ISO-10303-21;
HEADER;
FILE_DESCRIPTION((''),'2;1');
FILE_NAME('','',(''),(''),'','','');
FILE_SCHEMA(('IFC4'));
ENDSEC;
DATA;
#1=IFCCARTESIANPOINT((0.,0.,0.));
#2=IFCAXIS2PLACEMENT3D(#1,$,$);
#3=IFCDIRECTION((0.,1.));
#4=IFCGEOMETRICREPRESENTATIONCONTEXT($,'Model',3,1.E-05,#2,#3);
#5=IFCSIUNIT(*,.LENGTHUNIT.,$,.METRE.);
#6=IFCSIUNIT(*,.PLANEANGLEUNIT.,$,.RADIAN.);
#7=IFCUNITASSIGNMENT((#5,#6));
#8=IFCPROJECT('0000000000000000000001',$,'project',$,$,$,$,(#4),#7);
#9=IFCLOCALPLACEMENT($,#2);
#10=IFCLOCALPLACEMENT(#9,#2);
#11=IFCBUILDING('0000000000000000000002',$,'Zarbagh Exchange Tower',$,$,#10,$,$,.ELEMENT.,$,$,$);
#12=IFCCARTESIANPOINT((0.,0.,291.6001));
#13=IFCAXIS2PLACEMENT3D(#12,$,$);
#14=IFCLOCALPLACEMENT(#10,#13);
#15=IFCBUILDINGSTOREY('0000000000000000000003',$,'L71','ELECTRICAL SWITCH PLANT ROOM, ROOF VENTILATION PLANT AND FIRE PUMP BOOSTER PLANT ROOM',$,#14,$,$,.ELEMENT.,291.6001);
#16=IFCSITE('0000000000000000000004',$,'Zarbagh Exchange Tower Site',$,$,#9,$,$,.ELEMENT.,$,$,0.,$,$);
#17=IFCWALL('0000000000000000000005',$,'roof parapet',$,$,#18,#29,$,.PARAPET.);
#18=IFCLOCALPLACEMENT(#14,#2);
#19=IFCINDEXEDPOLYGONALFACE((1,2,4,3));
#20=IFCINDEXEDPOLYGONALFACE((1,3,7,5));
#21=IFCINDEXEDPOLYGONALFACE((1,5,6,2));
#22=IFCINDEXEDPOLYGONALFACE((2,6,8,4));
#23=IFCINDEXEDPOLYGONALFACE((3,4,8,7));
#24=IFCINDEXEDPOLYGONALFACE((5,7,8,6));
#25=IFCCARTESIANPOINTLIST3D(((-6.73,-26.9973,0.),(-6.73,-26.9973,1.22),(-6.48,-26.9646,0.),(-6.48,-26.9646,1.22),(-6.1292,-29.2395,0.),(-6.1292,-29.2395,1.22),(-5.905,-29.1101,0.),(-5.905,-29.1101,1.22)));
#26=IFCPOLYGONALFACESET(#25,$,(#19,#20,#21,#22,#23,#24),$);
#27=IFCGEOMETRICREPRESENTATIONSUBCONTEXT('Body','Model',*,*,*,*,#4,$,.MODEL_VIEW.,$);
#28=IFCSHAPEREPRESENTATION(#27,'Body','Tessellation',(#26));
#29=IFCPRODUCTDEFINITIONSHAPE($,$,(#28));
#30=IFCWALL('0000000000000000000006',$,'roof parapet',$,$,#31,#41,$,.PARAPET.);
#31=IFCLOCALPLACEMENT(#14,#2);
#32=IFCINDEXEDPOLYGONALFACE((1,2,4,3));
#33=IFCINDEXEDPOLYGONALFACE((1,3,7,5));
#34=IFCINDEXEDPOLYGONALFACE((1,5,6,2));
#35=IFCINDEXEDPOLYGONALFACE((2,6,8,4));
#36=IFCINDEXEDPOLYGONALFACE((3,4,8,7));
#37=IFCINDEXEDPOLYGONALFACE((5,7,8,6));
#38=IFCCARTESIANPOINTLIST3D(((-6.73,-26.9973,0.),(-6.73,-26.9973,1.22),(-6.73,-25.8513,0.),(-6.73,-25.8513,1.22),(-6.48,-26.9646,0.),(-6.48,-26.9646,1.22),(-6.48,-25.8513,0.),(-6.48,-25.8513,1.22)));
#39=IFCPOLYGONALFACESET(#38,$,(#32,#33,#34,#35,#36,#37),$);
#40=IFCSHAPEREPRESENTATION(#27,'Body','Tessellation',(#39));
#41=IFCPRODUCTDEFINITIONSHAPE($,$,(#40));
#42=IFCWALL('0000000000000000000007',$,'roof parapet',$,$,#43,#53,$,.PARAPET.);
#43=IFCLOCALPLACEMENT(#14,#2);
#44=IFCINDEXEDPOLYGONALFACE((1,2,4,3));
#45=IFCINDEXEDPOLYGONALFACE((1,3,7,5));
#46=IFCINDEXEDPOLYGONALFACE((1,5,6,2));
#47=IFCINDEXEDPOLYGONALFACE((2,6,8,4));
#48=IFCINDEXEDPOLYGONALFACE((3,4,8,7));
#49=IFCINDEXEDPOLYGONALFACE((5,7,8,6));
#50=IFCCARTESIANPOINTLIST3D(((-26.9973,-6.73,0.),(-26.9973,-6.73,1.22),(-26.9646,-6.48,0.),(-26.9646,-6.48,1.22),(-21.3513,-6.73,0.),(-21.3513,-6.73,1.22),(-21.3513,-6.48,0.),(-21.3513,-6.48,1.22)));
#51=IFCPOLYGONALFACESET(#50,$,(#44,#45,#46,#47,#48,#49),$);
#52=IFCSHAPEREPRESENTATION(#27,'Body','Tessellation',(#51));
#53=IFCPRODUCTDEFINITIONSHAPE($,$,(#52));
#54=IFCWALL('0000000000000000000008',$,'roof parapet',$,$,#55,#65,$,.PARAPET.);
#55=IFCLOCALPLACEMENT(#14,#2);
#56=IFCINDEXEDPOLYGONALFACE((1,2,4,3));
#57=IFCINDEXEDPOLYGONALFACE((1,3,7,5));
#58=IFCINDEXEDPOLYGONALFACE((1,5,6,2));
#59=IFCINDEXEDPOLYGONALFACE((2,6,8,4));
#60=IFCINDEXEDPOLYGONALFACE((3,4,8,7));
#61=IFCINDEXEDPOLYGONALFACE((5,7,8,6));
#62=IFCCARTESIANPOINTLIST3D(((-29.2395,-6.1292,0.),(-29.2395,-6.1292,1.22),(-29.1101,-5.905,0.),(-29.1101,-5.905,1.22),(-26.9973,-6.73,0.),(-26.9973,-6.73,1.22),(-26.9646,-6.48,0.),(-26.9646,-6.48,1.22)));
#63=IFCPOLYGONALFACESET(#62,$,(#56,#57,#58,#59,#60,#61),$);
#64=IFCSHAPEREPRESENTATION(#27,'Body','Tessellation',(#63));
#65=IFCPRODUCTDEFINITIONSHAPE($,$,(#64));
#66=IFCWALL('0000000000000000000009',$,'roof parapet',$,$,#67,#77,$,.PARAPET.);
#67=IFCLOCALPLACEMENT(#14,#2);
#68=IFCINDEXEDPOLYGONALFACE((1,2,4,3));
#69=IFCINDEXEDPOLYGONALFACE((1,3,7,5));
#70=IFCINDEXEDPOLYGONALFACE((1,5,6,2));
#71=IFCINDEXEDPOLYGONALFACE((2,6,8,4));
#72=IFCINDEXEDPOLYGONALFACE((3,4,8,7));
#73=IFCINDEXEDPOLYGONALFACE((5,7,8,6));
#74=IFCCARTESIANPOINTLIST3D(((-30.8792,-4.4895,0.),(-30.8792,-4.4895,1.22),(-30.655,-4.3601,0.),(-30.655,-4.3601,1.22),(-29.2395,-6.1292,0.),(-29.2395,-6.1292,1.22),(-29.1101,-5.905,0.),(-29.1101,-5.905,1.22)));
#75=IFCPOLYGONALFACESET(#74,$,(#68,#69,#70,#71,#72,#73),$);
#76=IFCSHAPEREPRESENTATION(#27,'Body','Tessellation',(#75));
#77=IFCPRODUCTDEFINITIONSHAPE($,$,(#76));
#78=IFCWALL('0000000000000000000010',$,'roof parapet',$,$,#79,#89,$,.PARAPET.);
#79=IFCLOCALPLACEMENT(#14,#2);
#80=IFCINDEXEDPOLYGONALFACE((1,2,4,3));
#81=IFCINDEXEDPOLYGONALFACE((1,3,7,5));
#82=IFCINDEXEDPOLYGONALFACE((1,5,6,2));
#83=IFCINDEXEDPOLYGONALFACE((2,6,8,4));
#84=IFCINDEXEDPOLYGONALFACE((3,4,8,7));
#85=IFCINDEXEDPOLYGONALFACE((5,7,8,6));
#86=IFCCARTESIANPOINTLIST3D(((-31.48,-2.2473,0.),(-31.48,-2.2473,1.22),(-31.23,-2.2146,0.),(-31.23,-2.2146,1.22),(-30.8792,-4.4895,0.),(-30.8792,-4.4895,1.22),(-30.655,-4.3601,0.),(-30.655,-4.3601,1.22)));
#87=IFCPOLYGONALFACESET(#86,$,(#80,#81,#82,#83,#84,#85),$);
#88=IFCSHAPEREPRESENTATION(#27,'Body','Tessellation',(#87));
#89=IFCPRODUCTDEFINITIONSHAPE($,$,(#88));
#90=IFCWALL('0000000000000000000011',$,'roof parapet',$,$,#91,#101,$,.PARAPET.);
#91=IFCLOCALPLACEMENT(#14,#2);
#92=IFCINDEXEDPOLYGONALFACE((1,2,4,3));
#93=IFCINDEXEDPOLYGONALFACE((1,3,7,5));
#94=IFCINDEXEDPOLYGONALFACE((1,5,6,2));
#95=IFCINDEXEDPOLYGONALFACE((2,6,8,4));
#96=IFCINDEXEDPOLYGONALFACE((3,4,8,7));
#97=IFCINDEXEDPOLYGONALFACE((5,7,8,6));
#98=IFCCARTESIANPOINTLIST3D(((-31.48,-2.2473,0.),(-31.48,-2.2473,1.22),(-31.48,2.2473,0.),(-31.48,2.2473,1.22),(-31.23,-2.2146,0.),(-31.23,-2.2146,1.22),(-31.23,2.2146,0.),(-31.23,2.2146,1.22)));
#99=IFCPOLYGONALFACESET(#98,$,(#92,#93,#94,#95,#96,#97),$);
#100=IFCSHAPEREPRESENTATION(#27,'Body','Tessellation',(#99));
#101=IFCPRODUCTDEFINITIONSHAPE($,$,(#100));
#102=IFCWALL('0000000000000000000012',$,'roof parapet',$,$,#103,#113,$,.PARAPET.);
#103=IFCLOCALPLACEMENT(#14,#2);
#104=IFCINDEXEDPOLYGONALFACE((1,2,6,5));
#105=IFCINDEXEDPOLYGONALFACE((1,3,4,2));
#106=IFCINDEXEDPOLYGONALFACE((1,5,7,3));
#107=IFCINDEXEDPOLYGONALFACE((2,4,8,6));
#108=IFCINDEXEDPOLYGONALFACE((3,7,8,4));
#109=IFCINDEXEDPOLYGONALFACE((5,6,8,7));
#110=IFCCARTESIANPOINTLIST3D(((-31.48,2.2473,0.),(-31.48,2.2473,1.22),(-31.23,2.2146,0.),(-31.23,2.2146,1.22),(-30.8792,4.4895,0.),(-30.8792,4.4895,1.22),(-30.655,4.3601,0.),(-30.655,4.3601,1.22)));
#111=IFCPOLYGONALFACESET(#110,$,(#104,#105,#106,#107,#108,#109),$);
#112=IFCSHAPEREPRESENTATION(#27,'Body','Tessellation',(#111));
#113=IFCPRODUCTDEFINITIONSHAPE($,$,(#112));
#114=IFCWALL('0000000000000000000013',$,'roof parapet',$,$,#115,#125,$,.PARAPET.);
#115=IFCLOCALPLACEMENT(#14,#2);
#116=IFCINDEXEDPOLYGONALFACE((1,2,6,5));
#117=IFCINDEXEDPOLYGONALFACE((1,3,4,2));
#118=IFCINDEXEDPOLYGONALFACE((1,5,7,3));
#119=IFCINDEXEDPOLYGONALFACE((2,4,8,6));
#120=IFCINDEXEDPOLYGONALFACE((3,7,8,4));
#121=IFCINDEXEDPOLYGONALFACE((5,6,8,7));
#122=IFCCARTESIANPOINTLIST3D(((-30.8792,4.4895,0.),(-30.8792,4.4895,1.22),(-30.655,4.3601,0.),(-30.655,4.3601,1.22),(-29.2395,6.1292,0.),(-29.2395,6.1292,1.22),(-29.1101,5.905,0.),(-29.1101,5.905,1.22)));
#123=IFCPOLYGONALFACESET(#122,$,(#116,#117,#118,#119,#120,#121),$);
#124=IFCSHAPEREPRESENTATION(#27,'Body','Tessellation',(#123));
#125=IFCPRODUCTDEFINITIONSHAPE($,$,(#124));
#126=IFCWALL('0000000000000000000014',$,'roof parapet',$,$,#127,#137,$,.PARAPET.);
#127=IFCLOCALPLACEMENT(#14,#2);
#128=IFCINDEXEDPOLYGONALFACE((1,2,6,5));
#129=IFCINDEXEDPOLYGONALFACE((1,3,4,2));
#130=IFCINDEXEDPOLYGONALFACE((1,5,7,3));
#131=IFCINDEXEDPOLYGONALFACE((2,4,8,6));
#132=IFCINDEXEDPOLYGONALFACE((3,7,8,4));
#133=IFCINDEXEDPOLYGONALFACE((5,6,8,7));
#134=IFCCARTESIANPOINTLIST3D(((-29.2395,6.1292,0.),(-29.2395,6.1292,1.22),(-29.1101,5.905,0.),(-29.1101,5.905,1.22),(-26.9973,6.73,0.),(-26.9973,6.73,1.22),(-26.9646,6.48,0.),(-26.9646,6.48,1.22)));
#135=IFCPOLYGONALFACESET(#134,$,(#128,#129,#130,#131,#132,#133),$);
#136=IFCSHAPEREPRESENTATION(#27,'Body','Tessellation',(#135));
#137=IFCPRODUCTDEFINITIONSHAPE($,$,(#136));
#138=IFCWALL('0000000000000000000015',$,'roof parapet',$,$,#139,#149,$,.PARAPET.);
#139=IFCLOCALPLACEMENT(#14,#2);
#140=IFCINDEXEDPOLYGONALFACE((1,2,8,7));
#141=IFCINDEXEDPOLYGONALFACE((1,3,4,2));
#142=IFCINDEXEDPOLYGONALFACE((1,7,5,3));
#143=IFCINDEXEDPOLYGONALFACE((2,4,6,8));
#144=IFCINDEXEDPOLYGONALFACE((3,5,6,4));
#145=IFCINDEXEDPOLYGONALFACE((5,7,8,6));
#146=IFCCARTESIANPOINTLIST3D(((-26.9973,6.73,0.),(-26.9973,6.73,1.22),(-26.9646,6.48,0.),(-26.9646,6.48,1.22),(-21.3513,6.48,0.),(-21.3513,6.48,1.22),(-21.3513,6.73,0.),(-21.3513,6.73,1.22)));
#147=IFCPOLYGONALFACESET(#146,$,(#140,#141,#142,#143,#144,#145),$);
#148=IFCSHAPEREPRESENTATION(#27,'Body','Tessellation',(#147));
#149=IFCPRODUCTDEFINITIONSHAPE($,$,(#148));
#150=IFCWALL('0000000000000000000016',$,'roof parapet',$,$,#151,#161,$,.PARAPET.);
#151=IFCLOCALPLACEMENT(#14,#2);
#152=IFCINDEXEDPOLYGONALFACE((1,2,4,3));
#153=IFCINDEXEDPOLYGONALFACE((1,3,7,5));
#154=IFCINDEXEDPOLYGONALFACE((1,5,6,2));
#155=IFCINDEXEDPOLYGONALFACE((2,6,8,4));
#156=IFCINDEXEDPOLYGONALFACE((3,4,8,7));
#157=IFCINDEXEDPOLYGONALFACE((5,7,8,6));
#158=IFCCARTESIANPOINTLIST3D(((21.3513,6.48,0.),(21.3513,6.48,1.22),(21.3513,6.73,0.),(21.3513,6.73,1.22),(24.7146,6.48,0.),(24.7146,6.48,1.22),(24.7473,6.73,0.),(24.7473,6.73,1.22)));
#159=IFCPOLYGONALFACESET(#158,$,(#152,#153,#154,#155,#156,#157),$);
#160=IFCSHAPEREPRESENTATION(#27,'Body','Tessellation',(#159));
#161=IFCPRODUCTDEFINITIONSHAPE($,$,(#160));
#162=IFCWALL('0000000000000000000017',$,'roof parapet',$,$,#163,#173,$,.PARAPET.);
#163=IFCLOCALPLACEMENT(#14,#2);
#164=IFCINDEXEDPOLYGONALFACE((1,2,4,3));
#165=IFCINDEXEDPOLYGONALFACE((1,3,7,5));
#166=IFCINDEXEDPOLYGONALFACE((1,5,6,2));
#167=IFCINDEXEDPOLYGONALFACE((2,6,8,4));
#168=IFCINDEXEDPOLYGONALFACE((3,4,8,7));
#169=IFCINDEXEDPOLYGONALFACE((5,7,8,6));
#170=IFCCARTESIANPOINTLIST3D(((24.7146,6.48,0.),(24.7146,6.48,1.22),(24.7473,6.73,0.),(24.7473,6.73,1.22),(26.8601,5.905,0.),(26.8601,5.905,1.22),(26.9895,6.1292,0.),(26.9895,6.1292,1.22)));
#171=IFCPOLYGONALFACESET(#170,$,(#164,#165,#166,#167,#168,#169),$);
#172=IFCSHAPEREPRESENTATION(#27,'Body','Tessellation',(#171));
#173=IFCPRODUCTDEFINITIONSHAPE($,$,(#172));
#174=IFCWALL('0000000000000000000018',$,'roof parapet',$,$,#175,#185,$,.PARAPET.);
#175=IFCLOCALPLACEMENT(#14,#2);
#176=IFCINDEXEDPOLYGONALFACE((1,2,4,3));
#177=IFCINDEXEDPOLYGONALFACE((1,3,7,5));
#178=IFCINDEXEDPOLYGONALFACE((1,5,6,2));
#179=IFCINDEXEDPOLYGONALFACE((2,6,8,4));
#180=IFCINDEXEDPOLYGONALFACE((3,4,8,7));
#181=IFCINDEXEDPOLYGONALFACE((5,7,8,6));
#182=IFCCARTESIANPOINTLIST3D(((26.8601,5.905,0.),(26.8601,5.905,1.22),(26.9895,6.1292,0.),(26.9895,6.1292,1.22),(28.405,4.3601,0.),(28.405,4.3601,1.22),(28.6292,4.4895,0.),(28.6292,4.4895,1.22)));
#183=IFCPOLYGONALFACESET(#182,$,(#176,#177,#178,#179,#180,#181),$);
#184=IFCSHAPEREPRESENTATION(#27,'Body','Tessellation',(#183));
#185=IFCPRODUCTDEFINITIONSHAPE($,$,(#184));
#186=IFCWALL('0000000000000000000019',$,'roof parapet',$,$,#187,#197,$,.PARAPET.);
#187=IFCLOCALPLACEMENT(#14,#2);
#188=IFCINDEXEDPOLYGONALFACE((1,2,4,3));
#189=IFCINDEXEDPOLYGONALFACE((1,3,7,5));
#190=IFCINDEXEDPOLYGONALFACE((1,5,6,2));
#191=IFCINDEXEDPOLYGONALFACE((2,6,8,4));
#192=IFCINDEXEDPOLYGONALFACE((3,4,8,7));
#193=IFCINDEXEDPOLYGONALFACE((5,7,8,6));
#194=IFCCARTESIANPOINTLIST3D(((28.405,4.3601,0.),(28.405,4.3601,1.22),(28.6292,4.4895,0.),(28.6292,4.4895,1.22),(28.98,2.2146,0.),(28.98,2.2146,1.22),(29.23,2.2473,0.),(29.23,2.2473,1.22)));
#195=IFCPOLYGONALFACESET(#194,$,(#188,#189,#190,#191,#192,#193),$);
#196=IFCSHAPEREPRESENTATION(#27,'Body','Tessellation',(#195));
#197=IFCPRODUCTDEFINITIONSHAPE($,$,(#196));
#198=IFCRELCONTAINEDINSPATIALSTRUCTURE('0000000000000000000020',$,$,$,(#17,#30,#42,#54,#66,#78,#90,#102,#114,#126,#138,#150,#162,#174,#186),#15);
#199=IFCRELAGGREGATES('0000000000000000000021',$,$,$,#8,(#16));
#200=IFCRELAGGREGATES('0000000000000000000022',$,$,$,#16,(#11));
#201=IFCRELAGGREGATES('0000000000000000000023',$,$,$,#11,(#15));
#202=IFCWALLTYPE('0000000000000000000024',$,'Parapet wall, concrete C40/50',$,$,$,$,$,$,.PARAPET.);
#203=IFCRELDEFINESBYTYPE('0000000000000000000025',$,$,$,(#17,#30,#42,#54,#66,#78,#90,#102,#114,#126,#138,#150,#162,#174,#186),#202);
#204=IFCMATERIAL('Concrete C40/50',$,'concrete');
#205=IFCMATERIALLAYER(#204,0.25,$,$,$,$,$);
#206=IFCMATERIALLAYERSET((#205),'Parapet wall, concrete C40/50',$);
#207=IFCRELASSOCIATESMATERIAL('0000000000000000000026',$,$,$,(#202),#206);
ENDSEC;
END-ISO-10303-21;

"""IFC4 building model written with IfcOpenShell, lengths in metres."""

from ifc_helpers import new_model, si_unit, direction, frame, origin, place, context, subcontext, project, spatial, polyline, outline, extrude, material, layer, layer_set, type_object, element, save


model = new_model("IFC4")

# Units and contexts
model_context = context("Model", 3, precision=1e-05, world=origin(), true_north=direction((0.0, 1.0)))
body_context = subcontext(model_context, "Body", "Model", "MODEL_VIEW")
ifc_project = project(units=[si_unit("LENGTHUNIT", "METRE"), si_unit("PLANEANGLEUNIT", "RADIAN")], contexts=[model_context])

# Site, building, storey
site_placement = place(None, origin())
site = spatial("IfcSite", under=ifc_project, at=site_placement, Name="Zarbagh Exchange Tower Site", CompositionType="ELEMENT", RefElevation=0.0)
building_placement = place(site_placement, origin())
building = spatial("IfcBuilding", under=site, at=building_placement, Name="Zarbagh Exchange Tower", CompositionType="ELEMENT")
storey_placement = place(building_placement, frame((0.0, 0.0, 291.6001)))
storey = spatial("IfcBuildingStorey", under=building, at=storey_placement, Name="L71", Description="ELECTRICAL SWITCH PLANT ROOM, ROOF VENTILATION PLANT AND FIRE PUMP BOOSTER PLANT ROOM", CompositionType="ELEMENT", Elevation=291.6001)

# Shared definitions
ifc_material_1 = material(Name="Concrete C40/50", Category="concrete")

# Walls
ifc_layer_1 = layer(ifc_material_1, 0.25)
ifc_layer_set_1 = layer_set([ifc_layer_1], Name="Parapet wall, concrete C40/50")
wall_type_1 = type_object("IfcWallType", Name="Parapet wall, concrete C40/50", PredefinedType="PARAPET", material=ifc_layer_set_1)
wall_1_placement = place(storey_placement, origin())
element("IfcWall", 1, at=wall_1_placement, inside=storey, type_object=wall_type_1, Name="roof parapet", PredefinedType="PARAPET", context=body_context, shape_type="SweptSolid", body=[
    extrude(outline(polyline([(-6.1292, -29.2395), (-6.73, -26.9973), (-6.48, -26.9646), (-5.905, -29.1101), (-6.1292, -29.2395)])), origin(), (0.0, 0.0, 1.0), 1.22),
])
wall_2_placement = place(storey_placement, origin())
element("IfcWall", 2, at=wall_2_placement, inside=storey, type_object=wall_type_1, Name="roof parapet", PredefinedType="PARAPET", context=body_context, shape_type="SweptSolid", body=[
    extrude(outline(polyline([(-6.73, -26.9973), (-6.73, -25.8513), (-6.48, -25.8513), (-6.48, -26.9646), (-6.73, -26.9973)])), origin(), (0.0, 0.0, 1.0), 1.22),
])
wall_3_placement = place(storey_placement, origin())
element("IfcWall", 3, at=wall_3_placement, inside=storey, type_object=wall_type_1, Name="roof parapet", PredefinedType="PARAPET", context=body_context, shape_type="SweptSolid", body=[
    extrude(outline(polyline([(-21.3513, -6.73), (-26.9973, -6.73), (-26.9646, -6.48), (-21.3513, -6.48), (-21.3513, -6.73)])), origin(), (0.0, 0.0, 1.0), 1.22),
])
wall_4_placement = place(storey_placement, origin())
element("IfcWall", 4, at=wall_4_placement, inside=storey, type_object=wall_type_1, Name="roof parapet", PredefinedType="PARAPET", context=body_context, shape_type="SweptSolid", body=[
    extrude(outline(polyline([(-26.9973, -6.73), (-29.2395, -6.1292), (-29.1101, -5.905), (-26.9646, -6.48), (-26.9973, -6.73)])), origin(), (0.0, 0.0, 1.0), 1.22),
])
wall_5_placement = place(storey_placement, origin())
element("IfcWall", 5, at=wall_5_placement, inside=storey, type_object=wall_type_1, Name="roof parapet", PredefinedType="PARAPET", context=body_context, shape_type="SweptSolid", body=[
    extrude(outline(polyline([(-29.2395, -6.1292), (-30.8792, -4.4895), (-30.655, -4.3601), (-29.1101, -5.905), (-29.2395, -6.1292)])), origin(), (0.0, 0.0, 1.0), 1.22),
])
wall_6_placement = place(storey_placement, origin())
element("IfcWall", 6, at=wall_6_placement, inside=storey, type_object=wall_type_1, Name="roof parapet", PredefinedType="PARAPET", context=body_context, shape_type="SweptSolid", body=[
    extrude(outline(polyline([(-30.8792, -4.4895), (-31.48, -2.2473), (-31.23, -2.2146), (-30.655, -4.3601), (-30.8792, -4.4895)])), origin(), (0.0, 0.0, 1.0), 1.22),
])
wall_7_placement = place(storey_placement, origin())
element("IfcWall", 7, at=wall_7_placement, inside=storey, type_object=wall_type_1, Name="roof parapet", PredefinedType="PARAPET", context=body_context, shape_type="SweptSolid", body=[
    extrude(outline(polyline([(-31.48, -2.2473), (-31.48, 2.2473), (-31.23, 2.2146), (-31.23, -2.2146), (-31.48, -2.2473)])), origin(), (0.0, 0.0, 1.0), 1.22),
])
wall_8_placement = place(storey_placement, origin())
element("IfcWall", 8, at=wall_8_placement, inside=storey, type_object=wall_type_1, Name="roof parapet", PredefinedType="PARAPET", context=body_context, shape_type="SweptSolid", body=[
    extrude(outline(polyline([(-31.48, 2.2473), (-30.8792, 4.4895), (-30.655, 4.3601), (-31.23, 2.2146), (-31.48, 2.2473)])), origin(), (0.0, 0.0, 1.0), 1.22),
])
wall_9_placement = place(storey_placement, origin())
element("IfcWall", 9, at=wall_9_placement, inside=storey, type_object=wall_type_1, Name="roof parapet", PredefinedType="PARAPET", context=body_context, shape_type="SweptSolid", body=[
    extrude(outline(polyline([(-30.8792, 4.4895), (-29.2395, 6.1292), (-29.1101, 5.905), (-30.655, 4.3601), (-30.8792, 4.4895)])), origin(), (0.0, 0.0, 1.0), 1.22),
])
wall_10_placement = place(storey_placement, origin())
element("IfcWall", 10, at=wall_10_placement, inside=storey, type_object=wall_type_1, Name="roof parapet", PredefinedType="PARAPET", context=body_context, shape_type="SweptSolid", body=[
    extrude(outline(polyline([(-29.2395, 6.1292), (-26.9973, 6.73), (-26.9646, 6.48), (-29.1101, 5.905), (-29.2395, 6.1292)])), origin(), (0.0, 0.0, 1.0), 1.22),
])
wall_11_placement = place(storey_placement, origin())
element("IfcWall", 11, at=wall_11_placement, inside=storey, type_object=wall_type_1, Name="roof parapet", PredefinedType="PARAPET", context=body_context, shape_type="SweptSolid", body=[
    extrude(outline(polyline([(-26.9973, 6.73), (-21.3513, 6.73), (-21.3513, 6.48), (-26.9646, 6.48), (-26.9973, 6.73)])), origin(), (0.0, 0.0, 1.0), 1.22),
])
wall_12_placement = place(storey_placement, origin())
element("IfcWall", 12, at=wall_12_placement, inside=storey, type_object=wall_type_1, Name="roof parapet", PredefinedType="PARAPET", context=body_context, shape_type="SweptSolid", body=[
    extrude(outline(polyline([(21.3513, 6.73), (24.7473, 6.73), (24.7146, 6.48), (21.3513, 6.48), (21.3513, 6.73)])), origin(), (0.0, 0.0, 1.0), 1.22),
])
wall_13_placement = place(storey_placement, origin())
element("IfcWall", 13, at=wall_13_placement, inside=storey, type_object=wall_type_1, Name="roof parapet", PredefinedType="PARAPET", context=body_context, shape_type="SweptSolid", body=[
    extrude(outline(polyline([(24.7473, 6.73), (26.9895, 6.1292), (26.8601, 5.905), (24.7146, 6.48), (24.7473, 6.73)])), origin(), (0.0, 0.0, 1.0), 1.22),
])
wall_14_placement = place(storey_placement, origin())
element("IfcWall", 14, at=wall_14_placement, inside=storey, type_object=wall_type_1, Name="roof parapet", PredefinedType="PARAPET", context=body_context, shape_type="SweptSolid", body=[
    extrude(outline(polyline([(26.9895, 6.1292), (28.6292, 4.4895), (28.405, 4.3601), (26.8601, 5.905), (26.9895, 6.1292)])), origin(), (0.0, 0.0, 1.0), 1.22),
])
wall_15_placement = place(storey_placement, origin())
element("IfcWall", 15, at=wall_15_placement, inside=storey, type_object=wall_type_1, Name="roof parapet", PredefinedType="PARAPET", context=body_context, shape_type="SweptSolid", body=[
    extrude(outline(polyline([(28.6292, 4.4895), (29.23, 2.2473), (28.98, 2.2146), (28.405, 4.3601), (28.6292, 4.4895)])), origin(), (0.0, 0.0, 1.0), 1.22),
])

save(model, "model.ifc")
